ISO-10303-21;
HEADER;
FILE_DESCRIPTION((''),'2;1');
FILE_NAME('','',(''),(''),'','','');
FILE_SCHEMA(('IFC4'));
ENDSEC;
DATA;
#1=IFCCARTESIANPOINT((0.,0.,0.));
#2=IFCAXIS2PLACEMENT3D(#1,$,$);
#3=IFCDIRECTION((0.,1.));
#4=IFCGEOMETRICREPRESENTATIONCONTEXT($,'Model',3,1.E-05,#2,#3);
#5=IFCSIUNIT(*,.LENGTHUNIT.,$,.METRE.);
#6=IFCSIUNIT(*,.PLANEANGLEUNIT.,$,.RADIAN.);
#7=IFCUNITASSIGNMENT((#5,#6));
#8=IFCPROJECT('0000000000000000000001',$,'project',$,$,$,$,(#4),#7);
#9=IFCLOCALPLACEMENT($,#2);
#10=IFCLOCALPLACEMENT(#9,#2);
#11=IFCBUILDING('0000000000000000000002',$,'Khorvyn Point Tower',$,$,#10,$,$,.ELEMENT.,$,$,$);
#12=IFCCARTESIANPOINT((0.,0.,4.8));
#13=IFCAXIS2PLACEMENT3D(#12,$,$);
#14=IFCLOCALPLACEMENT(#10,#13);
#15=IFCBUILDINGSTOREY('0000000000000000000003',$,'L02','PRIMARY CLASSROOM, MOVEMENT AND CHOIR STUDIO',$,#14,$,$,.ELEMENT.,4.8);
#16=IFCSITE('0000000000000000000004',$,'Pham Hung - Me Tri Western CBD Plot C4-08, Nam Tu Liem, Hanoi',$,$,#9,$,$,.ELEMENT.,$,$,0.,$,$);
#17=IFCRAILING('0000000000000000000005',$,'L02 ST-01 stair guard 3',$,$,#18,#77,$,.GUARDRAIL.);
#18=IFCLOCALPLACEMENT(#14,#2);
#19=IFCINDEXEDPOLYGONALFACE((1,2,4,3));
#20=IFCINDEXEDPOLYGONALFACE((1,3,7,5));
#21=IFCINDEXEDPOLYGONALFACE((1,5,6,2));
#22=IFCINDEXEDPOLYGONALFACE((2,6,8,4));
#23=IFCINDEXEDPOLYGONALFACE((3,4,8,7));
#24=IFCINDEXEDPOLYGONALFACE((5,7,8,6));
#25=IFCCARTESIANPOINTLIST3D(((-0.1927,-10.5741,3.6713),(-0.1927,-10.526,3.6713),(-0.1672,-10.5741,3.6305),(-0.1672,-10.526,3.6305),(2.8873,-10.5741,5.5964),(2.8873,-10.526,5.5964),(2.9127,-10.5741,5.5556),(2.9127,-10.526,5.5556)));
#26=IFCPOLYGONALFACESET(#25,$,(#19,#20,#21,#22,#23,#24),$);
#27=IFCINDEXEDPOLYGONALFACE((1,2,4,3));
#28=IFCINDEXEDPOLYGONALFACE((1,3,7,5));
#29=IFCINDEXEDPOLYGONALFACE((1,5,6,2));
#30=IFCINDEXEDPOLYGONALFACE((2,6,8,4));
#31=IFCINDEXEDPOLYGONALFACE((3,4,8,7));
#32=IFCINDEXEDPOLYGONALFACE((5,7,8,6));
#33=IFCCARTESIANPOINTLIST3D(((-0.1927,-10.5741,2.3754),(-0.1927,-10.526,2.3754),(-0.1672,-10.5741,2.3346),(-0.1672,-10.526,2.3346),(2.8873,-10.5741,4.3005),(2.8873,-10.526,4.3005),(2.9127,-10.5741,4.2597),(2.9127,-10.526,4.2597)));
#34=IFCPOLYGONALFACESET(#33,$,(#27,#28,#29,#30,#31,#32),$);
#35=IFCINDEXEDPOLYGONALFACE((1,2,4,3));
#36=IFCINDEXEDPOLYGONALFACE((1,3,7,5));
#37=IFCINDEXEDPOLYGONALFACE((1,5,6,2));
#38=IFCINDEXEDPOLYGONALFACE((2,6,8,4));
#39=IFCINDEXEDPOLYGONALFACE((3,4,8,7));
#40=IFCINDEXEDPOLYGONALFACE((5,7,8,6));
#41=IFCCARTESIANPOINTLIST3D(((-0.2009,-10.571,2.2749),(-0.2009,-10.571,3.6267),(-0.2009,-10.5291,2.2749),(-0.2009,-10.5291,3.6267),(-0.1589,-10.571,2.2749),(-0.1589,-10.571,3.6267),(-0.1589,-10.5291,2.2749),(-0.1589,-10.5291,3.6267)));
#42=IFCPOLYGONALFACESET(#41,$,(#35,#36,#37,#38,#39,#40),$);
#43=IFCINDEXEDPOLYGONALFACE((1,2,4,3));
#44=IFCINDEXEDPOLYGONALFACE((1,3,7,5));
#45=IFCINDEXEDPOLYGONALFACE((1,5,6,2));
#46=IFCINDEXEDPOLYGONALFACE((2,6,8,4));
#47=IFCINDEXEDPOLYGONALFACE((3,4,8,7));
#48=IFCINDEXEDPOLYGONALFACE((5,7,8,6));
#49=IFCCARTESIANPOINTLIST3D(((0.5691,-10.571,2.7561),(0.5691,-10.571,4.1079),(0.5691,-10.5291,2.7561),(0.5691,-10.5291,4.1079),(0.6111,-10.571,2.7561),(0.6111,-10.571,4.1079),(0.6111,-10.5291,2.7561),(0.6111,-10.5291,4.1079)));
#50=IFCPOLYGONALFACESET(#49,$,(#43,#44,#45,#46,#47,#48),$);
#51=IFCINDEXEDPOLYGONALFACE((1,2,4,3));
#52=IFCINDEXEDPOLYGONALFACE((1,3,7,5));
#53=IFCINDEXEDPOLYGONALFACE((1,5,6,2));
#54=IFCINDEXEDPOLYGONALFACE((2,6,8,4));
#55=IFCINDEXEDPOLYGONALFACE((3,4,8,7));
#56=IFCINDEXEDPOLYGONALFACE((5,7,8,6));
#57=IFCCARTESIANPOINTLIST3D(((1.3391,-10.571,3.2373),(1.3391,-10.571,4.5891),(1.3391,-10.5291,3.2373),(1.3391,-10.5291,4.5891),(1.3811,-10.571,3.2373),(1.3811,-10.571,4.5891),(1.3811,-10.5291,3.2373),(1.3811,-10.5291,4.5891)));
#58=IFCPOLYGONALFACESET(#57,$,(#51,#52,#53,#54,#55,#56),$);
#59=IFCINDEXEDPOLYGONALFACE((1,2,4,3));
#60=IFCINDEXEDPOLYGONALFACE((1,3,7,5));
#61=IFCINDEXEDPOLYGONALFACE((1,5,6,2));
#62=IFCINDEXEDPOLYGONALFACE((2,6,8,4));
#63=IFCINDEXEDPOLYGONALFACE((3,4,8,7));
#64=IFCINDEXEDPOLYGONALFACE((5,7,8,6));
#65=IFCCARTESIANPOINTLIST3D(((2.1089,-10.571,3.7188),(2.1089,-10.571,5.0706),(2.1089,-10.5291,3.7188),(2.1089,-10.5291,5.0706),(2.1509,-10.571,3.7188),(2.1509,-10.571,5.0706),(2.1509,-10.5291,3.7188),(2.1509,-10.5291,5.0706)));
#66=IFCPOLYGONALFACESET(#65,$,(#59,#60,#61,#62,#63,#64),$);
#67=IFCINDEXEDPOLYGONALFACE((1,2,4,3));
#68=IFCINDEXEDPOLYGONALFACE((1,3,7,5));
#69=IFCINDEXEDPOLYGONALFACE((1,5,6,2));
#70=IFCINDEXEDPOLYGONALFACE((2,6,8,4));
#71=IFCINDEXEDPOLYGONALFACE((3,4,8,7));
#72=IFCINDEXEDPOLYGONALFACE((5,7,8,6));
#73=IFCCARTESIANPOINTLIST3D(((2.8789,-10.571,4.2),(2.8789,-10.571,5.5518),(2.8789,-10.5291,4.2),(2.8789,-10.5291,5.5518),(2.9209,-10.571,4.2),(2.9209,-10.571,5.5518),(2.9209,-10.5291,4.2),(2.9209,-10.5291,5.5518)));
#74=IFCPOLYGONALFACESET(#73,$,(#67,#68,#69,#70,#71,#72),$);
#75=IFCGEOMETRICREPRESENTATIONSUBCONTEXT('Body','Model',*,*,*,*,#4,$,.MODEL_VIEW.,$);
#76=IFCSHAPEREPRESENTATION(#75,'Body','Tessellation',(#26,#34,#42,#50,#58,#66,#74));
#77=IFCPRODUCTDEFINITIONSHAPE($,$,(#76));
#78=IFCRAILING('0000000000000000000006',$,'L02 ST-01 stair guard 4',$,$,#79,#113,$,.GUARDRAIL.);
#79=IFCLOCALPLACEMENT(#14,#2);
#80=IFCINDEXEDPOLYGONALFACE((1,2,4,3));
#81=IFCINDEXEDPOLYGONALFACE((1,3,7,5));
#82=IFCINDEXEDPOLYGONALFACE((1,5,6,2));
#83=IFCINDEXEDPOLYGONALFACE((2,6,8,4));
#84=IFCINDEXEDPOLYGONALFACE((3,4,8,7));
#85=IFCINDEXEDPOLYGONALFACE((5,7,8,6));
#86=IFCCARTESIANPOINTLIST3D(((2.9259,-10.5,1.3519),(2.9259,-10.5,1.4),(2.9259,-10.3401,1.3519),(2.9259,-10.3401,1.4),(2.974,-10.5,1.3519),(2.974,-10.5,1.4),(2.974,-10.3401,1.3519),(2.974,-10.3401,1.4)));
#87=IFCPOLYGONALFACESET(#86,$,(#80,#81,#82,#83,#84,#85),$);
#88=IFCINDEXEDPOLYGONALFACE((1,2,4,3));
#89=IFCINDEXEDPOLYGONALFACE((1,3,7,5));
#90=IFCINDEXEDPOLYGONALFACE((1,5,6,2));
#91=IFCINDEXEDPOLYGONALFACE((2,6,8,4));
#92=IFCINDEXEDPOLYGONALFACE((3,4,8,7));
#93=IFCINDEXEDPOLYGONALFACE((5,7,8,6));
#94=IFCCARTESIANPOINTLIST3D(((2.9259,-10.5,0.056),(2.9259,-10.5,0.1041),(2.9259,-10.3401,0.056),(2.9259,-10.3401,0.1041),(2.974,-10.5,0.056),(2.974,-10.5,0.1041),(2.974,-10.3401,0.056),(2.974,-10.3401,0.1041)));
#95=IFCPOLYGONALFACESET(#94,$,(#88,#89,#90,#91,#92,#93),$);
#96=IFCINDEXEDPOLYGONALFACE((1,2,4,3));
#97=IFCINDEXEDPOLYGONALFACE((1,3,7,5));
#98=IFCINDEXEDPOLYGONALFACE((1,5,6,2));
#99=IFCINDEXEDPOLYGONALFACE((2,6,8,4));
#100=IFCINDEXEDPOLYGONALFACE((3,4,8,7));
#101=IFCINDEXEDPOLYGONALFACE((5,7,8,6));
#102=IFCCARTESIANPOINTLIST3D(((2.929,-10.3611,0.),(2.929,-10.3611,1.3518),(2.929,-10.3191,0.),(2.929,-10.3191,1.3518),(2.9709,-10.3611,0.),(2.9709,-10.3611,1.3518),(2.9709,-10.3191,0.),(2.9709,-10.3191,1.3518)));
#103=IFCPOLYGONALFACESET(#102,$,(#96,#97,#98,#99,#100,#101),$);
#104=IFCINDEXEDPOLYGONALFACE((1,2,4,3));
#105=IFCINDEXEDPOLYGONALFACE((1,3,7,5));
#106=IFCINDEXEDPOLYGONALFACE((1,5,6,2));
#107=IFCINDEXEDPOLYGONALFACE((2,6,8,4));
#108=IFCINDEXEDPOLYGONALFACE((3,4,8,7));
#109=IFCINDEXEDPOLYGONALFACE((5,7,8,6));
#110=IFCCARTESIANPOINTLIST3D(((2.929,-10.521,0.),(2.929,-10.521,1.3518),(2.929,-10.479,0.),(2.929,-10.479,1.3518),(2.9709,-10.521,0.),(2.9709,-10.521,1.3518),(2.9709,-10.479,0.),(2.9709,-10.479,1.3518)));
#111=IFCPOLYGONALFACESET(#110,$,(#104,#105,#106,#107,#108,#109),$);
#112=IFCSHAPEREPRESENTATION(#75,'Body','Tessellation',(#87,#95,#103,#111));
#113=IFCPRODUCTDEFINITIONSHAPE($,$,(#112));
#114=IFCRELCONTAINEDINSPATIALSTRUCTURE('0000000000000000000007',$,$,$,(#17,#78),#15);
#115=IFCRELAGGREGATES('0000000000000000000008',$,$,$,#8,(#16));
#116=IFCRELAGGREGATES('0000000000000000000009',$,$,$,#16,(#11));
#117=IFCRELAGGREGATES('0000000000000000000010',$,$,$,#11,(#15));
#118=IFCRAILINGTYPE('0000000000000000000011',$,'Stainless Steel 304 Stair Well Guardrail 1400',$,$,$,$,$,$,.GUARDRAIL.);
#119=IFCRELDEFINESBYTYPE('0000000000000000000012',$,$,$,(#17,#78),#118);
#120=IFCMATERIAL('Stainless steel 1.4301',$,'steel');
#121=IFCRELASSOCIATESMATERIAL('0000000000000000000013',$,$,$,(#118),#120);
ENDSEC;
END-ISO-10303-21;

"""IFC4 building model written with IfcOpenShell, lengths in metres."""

from ifc_helpers import new_model, si_unit, direction, frame, origin, origin_2d, place, context, subcontext, project, spatial, rectangle, extrude, material, type_object, element, save


model = new_model("IFC4")

# Units and contexts
model_context = context("Model", 3, precision=1e-05, world=origin(), true_north=direction((0.0, 1.0)))
body_context = subcontext(model_context, "Body", "Model", "MODEL_VIEW")
ifc_project = project(units=[si_unit("LENGTHUNIT", "METRE"), si_unit("PLANEANGLEUNIT", "RADIAN")], contexts=[model_context])

# Site, building, storey
site_placement = place(None, origin())
site = spatial("IfcSite", under=ifc_project, at=site_placement, Name="Pham Hung - Me Tri Western CBD Plot C4-08, Nam Tu Liem, Hanoi", CompositionType="ELEMENT", RefElevation=0.0)
building_placement = place(site_placement, origin())
building = spatial("IfcBuilding", under=site, at=building_placement, Name="Khorvyn Point Tower", CompositionType="ELEMENT")
storey_placement = place(building_placement, frame((0.0, 0.0, 4.8)))
storey = spatial("IfcBuildingStorey", under=building, at=storey_placement, Name="L02", Description="PRIMARY CLASSROOM, MOVEMENT AND CHOIR STUDIO", CompositionType="ELEMENT", Elevation=4.8)

# Railings
ifc_material_1 = material(Name="Stainless steel 1.4301", Category="steel")
railing_type_1 = type_object("IfcRailingType", Name="Stainless Steel 304 Stair Well Guardrail 1400", PredefinedType="GUARDRAIL", material=ifc_material_1)
railing_1_placement = place(storey_placement, frame((-0.1799, -10.55, 2.2749)))
element("IfcRailing", 1, at=railing_1_placement, inside=storey, type_object=railing_type_1, Name="L02 ST-01 stair guard 3", PredefinedType="GUARDRAIL", context=body_context, shape_type="SweptSolid", body=[
    extrude(rectangle(XDim=0.0481, YDim=0.0481, at=origin_2d()), frame((0.0, 0.0, 1.376), z_axis=(0.847979, 0.0, 0.530029), x_axis=(0.0, 1.0, 0.0)), (0.0, 0.0, 1.0), 3.6321),
    extrude(rectangle(XDim=0.0481, YDim=0.0481, at=origin_2d()), frame((0.0, 0.0, 0.0801), z_axis=(0.847979, 0.0, 0.530029), x_axis=(0.0, 1.0, 0.0)), (0.0, 0.0, 1.0), 3.6321),
    extrude(rectangle(XDim=0.042, YDim=0.042, at=origin_2d()), origin(), (0.0, 0.0, 1.0), 1.3518),
    extrude(rectangle(XDim=0.042, YDim=0.042, at=origin_2d()), frame((0.77, 0.0, 0.4812)), (0.0, 0.0, 1.0), 1.3518),
    extrude(rectangle(XDim=0.042, YDim=0.042, at=origin_2d()), frame((1.54, 0.0, 0.9624)), (0.0, 0.0, 1.0), 1.3518),
    extrude(rectangle(XDim=0.042, YDim=0.042, at=origin_2d()), frame((2.3098, 0.0, 1.4438)), (0.0, 0.0, 1.0), 1.3518),
    extrude(rectangle(XDim=0.042, YDim=0.042, at=origin_2d()), frame((3.0798, 0.0, 1.925)), (0.0, 0.0, 1.0), 1.3518),
])
railing_2_placement = place(storey_placement, frame((2.95, -10.3401, 0.0)))
element("IfcRailing", 2, at=railing_2_placement, inside=storey, type_object=railing_type_1, Name="L02 ST-01 stair guard 4", PredefinedType="GUARDRAIL", context=body_context, shape_type="SweptSolid", body=[
    extrude(rectangle(XDim=0.0481, YDim=0.0481, at=origin_2d()), frame((0.0, 0.0, 1.376), z_axis=(0.0, -1.0, 0.0), x_axis=(1.0, 0.0, 0.0)), (0.0, 0.0, 1.0), 0.1599),
    extrude(rectangle(XDim=0.0481, YDim=0.0481, at=origin_2d()), frame((0.0, 0.0, 0.0801), z_axis=(0.0, -1.0, 0.0), x_axis=(1.0, 0.0, 0.0)), (0.0, 0.0, 1.0), 0.1599),
    extrude(rectangle(XDim=0.042, YDim=0.042, at=origin_2d()), origin(), (0.0, 0.0, 1.0), 1.3518),
    extrude(rectangle(XDim=0.042, YDim=0.042, at=origin_2d()), frame((0.0, -0.1599, 0.0)), (0.0, 0.0, 1.0), 1.3518),
])

save(model, "model.ifc")
